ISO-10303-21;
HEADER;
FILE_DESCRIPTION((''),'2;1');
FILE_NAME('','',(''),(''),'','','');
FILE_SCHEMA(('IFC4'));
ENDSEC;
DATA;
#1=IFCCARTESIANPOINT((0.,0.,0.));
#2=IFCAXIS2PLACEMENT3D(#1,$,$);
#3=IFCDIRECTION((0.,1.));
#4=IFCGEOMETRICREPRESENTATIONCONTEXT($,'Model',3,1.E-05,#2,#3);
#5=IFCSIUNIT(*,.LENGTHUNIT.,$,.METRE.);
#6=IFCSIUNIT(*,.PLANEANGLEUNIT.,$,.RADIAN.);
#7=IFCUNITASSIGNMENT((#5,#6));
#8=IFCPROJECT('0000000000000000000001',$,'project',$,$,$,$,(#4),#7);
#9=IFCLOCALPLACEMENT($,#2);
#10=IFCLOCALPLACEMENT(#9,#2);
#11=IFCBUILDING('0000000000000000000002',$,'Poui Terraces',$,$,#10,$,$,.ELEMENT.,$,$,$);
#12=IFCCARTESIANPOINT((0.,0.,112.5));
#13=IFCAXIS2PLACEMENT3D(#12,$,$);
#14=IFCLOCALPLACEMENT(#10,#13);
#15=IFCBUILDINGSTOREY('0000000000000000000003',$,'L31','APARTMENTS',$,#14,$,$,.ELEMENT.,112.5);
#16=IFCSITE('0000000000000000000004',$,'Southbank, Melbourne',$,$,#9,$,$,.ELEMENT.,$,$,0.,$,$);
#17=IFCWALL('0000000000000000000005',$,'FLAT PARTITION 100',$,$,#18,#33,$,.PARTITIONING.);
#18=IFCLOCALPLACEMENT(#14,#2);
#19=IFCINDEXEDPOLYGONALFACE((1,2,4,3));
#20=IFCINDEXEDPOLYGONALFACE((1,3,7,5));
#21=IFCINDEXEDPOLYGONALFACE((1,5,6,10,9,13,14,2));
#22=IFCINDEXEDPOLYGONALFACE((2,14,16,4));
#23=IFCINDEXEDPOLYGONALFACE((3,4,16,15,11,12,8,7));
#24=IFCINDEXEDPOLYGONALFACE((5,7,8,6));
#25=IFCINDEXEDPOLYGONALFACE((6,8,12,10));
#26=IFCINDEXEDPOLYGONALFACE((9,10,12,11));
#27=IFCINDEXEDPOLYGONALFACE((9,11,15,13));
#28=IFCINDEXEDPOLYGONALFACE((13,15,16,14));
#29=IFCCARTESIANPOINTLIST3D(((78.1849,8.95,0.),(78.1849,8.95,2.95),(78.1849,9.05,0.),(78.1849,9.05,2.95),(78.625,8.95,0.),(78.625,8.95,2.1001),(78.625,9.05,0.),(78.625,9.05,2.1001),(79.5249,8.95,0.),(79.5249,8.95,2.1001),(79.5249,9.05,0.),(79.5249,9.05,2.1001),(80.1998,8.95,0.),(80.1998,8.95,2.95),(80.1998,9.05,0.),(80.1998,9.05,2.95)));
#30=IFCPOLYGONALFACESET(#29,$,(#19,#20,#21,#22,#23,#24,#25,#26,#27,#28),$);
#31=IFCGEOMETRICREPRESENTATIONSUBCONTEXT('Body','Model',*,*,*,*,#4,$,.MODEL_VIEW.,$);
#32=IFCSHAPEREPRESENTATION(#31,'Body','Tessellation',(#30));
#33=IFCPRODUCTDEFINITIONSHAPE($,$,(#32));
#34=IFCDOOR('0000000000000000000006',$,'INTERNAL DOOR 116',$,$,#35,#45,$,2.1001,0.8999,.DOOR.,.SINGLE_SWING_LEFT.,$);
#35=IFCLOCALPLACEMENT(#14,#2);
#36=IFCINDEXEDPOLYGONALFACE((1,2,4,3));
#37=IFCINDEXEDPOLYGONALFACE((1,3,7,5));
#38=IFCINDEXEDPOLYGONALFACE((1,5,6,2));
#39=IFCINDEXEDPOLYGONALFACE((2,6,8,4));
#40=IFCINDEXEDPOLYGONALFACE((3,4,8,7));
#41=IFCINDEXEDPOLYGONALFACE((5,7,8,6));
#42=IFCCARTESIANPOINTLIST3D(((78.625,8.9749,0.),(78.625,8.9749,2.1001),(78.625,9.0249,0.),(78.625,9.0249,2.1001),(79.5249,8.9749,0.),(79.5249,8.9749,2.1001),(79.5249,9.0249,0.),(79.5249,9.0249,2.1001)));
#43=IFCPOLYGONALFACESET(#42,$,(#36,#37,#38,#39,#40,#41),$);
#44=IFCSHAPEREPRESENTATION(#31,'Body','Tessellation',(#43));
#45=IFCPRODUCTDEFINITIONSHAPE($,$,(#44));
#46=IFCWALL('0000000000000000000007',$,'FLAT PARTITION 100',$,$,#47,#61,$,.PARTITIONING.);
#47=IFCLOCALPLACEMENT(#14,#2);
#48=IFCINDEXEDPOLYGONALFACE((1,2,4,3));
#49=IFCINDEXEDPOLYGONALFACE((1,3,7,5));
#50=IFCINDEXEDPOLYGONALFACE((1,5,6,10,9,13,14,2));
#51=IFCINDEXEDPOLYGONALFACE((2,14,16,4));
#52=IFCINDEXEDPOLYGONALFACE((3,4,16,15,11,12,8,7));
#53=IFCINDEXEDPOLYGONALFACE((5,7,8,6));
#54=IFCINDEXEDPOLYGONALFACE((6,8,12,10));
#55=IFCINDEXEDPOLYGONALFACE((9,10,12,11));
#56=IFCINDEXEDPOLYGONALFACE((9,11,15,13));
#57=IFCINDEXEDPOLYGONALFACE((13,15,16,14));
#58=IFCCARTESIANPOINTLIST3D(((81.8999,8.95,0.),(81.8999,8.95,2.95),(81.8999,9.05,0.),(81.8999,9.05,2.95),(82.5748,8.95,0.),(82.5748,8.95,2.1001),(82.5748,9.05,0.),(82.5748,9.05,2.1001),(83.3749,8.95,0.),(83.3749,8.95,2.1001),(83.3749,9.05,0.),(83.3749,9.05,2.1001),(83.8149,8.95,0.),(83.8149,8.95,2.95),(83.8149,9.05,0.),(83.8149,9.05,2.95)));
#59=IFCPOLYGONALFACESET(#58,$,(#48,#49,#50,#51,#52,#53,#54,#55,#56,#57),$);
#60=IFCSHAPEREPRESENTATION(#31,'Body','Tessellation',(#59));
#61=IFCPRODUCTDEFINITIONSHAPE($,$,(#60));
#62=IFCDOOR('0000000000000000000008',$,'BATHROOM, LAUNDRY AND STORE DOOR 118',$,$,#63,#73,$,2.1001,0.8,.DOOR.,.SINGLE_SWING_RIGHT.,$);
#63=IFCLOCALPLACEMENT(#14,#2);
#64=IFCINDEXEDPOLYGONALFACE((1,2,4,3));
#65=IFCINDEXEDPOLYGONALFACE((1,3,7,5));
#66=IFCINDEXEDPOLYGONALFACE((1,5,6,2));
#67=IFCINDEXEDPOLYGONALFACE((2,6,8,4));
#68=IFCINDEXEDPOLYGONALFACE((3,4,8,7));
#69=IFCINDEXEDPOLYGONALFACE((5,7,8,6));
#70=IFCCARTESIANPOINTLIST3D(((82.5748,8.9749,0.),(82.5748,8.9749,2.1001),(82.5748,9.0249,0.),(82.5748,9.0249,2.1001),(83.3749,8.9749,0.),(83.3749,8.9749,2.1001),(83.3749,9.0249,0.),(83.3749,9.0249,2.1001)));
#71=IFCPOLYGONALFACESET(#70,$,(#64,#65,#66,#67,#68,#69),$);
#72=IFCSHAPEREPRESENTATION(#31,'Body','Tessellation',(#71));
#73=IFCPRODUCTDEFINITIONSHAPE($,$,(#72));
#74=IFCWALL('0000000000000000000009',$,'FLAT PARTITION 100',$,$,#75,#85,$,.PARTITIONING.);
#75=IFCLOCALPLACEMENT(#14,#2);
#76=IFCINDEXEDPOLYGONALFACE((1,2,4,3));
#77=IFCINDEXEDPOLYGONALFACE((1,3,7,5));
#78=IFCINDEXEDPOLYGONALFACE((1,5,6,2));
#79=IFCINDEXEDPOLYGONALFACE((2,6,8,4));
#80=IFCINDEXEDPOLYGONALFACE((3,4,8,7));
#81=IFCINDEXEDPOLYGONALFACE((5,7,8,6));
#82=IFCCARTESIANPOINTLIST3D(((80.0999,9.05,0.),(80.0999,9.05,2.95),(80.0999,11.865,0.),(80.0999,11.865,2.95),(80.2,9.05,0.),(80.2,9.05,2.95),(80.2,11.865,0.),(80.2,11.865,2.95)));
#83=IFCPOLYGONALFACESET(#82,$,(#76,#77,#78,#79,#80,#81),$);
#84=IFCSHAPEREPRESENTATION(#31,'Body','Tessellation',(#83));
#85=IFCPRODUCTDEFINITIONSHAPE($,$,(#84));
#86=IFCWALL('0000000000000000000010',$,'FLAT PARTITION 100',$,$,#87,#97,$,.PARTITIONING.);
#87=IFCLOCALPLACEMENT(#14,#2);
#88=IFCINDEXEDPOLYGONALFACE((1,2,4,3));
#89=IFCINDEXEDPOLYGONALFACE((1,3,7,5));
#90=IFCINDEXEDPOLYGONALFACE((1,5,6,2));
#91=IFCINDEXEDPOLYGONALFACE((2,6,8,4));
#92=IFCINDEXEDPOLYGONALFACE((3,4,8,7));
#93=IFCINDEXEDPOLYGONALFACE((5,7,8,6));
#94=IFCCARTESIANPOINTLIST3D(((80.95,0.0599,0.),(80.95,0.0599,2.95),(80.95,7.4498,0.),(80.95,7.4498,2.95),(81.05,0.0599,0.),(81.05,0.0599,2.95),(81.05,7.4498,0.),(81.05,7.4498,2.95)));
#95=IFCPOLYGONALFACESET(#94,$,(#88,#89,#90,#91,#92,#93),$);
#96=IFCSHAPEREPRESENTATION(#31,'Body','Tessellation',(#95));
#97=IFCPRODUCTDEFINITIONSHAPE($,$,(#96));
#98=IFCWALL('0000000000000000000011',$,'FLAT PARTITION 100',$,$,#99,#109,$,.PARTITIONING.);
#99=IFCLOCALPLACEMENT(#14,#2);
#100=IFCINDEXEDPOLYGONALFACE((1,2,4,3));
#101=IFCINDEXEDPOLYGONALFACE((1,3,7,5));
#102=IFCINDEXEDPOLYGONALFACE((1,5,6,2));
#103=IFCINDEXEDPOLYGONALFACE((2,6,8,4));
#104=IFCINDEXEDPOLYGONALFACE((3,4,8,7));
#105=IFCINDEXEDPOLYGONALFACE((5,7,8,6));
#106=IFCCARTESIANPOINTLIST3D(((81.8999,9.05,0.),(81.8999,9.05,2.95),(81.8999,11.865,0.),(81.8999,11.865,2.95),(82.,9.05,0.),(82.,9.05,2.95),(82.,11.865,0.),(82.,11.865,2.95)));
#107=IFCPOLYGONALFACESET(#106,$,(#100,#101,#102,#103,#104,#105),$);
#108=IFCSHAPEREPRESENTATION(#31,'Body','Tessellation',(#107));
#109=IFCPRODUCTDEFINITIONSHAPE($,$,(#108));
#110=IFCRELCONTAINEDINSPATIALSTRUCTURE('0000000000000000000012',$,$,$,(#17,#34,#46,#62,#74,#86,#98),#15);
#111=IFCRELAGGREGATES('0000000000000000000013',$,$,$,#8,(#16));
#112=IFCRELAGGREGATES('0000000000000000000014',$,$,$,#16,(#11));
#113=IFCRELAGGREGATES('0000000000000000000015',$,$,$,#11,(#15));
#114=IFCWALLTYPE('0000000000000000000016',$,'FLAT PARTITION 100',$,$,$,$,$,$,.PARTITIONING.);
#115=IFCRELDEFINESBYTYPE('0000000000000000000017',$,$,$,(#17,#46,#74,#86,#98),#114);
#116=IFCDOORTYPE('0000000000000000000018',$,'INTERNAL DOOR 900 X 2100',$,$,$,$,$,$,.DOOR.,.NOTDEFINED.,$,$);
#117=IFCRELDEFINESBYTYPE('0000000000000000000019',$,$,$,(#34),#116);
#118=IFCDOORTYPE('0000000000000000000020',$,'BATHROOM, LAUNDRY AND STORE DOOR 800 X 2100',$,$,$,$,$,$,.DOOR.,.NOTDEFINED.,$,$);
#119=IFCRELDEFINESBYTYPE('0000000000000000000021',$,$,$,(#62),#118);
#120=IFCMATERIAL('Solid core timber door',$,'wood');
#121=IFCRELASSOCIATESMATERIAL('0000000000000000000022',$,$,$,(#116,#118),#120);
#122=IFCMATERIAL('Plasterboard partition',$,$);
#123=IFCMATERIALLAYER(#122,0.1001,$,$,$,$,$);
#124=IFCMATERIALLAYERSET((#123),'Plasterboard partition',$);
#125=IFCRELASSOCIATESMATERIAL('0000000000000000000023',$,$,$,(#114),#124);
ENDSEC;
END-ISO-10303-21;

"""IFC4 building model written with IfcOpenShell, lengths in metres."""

from ifc_helpers import new_model, si_unit, direction, frame, frame_2d, origin, place, context, subcontext, project, spatial, rectangle, extrude, material, layer, layer_set, type_object, element, fill, save


model = new_model("IFC4")

# Units and contexts
model_context = context("Model", 3, precision=1e-05, world=origin(), true_north=direction((0.0, 1.0)))
body_context = subcontext(model_context, "Body", "Model", "MODEL_VIEW")
ifc_project = project(units=[si_unit("LENGTHUNIT", "METRE"), si_unit("PLANEANGLEUNIT", "RADIAN")], contexts=[model_context])

# Site, building, storey
site_placement = place(None, origin())
site = spatial("IfcSite", under=ifc_project, at=site_placement, Name="Southbank, Melbourne", CompositionType="ELEMENT", RefElevation=0.0)
building_placement = place(site_placement, origin())
building = spatial("IfcBuilding", under=site, at=building_placement, Name="Poui Terraces", CompositionType="ELEMENT")
storey_placement = place(building_placement, frame((0.0, 0.0, 112.5)))
storey = spatial("IfcBuildingStorey", under=building, at=storey_placement, Name="L31", Description="APARTMENTS", CompositionType="ELEMENT", Elevation=112.5)

# Shared definitions
ifc_material_1 = material(Name="Solid core timber door", Category="wood")
door_type_1 = type_object("IfcDoorType", Name="INTERNAL DOOR 900 X 2100", OperationType="NOTDEFINED", PredefinedType="DOOR", material=ifc_material_1)

# Walls, openings, doors
ifc_material_2 = material(Name="Plasterboard partition")
ifc_layer_1 = layer(ifc_material_2, 0.1001)
ifc_layer_set_1 = layer_set([ifc_layer_1], Name="Plasterboard partition")
wall_type_1 = type_object("IfcWallType", Name="FLAT PARTITION 100", PredefinedType="PARTITIONING", material=ifc_layer_set_1)
wall_1_placement = place(storey_placement, frame((78.1851, 9.0, 0.0), z_axis=(0.0, 0.0, 1.0), x_axis=(1.0, 0.0, 0.0)))
wall_1 = element("IfcWall", 1, at=wall_1_placement, inside=storey, type_object=wall_type_1, Name="FLAT PARTITION 100", PredefinedType="PARTITIONING", context=body_context, shape_type="SweptSolid", body=[
    extrude(rectangle(XDim=2.0149, YDim=0.1001, at=frame_2d((1.0073, 0.0))), origin(), (0.0, 0.0, 1.0), 2.95),
])
opening_1_placement = place(wall_1_placement, frame((0.4399, 0.0, 0.0)))
opening_1 = element("IfcOpeningElement", 2, at=opening_1_placement, cuts=wall_1, PredefinedType="OPENING", context=body_context, shape_type="SweptSolid", body=[
    extrude(rectangle(XDim=0.8999, YDim=2.1001, at=frame_2d((0.45, 1.05))), frame((0.0, 0.0601, 0.0), z_axis=(0.0, -1.0, 0.0), x_axis=(1.0, 0.0, 0.0)), (0.0, 0.0, 1.0), 0.1201),
])
door_1_placement = place(opening_1_placement, origin())
door_1 = element("IfcDoor", 3, at=door_1_placement, inside=storey, type_object=door_type_1, Name="INTERNAL DOOR 116", OperationType="SINGLE_SWING_LEFT", OverallHeight=2.1001, OverallWidth=0.8999, PredefinedType="DOOR", context=body_context, shape_type="SweptSolid", body=[
    extrude(rectangle(XDim=0.8999, YDim=2.1001, at=frame_2d((0.45, 1.05))), frame((0.0, 0.0249, 0.0), z_axis=(0.0, -1.0, 0.0), x_axis=(1.0, 0.0, 0.0)), (0.0, 0.0, 1.0), 0.05),
])
fill(opening_1, door_1)
wall_2_placement = place(storey_placement, frame((81.8999, 9.0, 0.0), z_axis=(0.0, 0.0, 1.0), x_axis=(1.0, 0.0, 0.0)))
wall_2 = element("IfcWall", 4, at=wall_2_placement, inside=storey, type_object=wall_type_1, Name="FLAT PARTITION 100", PredefinedType="PARTITIONING", context=body_context, shape_type="SweptSolid", body=[
    extrude(rectangle(XDim=1.915, YDim=0.1001, at=frame_2d((0.9575, 0.0))), origin(), (0.0, 0.0, 1.0), 2.95),
])
opening_2_placement = place(wall_2_placement, frame((0.675, 0.0, 0.0)))
opening_2 = element("IfcOpeningElement", 5, at=opening_2_placement, cuts=wall_2, PredefinedType="OPENING", context=body_context, shape_type="SweptSolid", body=[
    extrude(rectangle(XDim=0.8, YDim=2.1001, at=frame_2d((0.3999, 1.05))), frame((0.0, 0.0601, 0.0), z_axis=(0.0, -1.0, 0.0), x_axis=(1.0, 0.0, 0.0)), (0.0, 0.0, 1.0), 0.1201),
])
door_type_2 = type_object("IfcDoorType", Name="BATHROOM, LAUNDRY AND STORE DOOR 800 X 2100", OperationType="NOTDEFINED", PredefinedType="DOOR", material=ifc_material_1)
door_2_placement = place(opening_2_placement, origin())
door_2 = element("IfcDoor", 6, at=door_2_placement, inside=storey, type_object=door_type_2, Name="BATHROOM, LAUNDRY AND STORE DOOR 118", OperationType="SINGLE_SWING_RIGHT", OverallHeight=2.1001, OverallWidth=0.8, PredefinedType="DOOR", context=body_context, shape_type="SweptSolid", body=[
    extrude(rectangle(XDim=0.8, YDim=2.1001, at=frame_2d((0.3999, 1.05))), frame((0.0, 0.0249, 0.0), z_axis=(0.0, -1.0, 0.0), x_axis=(1.0, 0.0, 0.0)), (0.0, 0.0, 1.0), 0.05),
])
fill(opening_2, door_2)

# Walls
wall_3_placement = place(storey_placement, frame((80.1499, 9.05, 0.0), z_axis=(0.0, 0.0, 1.0), x_axis=(0.0, 1.0, 0.0)))
element("IfcWall", 7, at=wall_3_placement, inside=storey, type_object=wall_type_1, Name="FLAT PARTITION 100", PredefinedType="PARTITIONING", context=body_context, shape_type="SweptSolid", body=[
    extrude(rectangle(XDim=2.8149, YDim=0.1001, at=frame_2d((1.4075, 0.0))), origin(), (0.0, 0.0, 1.0), 2.95),
])
wall_4_placement = place(storey_placement, frame((81.0, 0.0601, 0.0), z_axis=(0.0, 0.0, 1.0), x_axis=(0.0, 1.0, 0.0)))
element("IfcWall", 8, at=wall_4_placement, inside=storey, type_object=wall_type_1, Name="FLAT PARTITION 100", PredefinedType="PARTITIONING", context=body_context, shape_type="SweptSolid", body=[
    extrude(rectangle(XDim=7.3899, YDim=0.1001, at=frame_2d((3.6948, 0.0))), origin(), (0.0, 0.0, 1.0), 2.95),
])
wall_5_placement = place(storey_placement, frame((81.95, 9.05, 0.0), z_axis=(0.0, 0.0, 1.0), x_axis=(0.0, 1.0, 0.0)))
element("IfcWall", 9, at=wall_5_placement, inside=storey, type_object=wall_type_1, Name="FLAT PARTITION 100", PredefinedType="PARTITIONING", context=body_context, shape_type="SweptSolid", body=[
    extrude(rectangle(XDim=2.8149, YDim=0.1001, at=frame_2d((1.4075, 0.0))), origin(), (0.0, 0.0, 1.0), 2.95),
])

save(model, "model.ifc")
